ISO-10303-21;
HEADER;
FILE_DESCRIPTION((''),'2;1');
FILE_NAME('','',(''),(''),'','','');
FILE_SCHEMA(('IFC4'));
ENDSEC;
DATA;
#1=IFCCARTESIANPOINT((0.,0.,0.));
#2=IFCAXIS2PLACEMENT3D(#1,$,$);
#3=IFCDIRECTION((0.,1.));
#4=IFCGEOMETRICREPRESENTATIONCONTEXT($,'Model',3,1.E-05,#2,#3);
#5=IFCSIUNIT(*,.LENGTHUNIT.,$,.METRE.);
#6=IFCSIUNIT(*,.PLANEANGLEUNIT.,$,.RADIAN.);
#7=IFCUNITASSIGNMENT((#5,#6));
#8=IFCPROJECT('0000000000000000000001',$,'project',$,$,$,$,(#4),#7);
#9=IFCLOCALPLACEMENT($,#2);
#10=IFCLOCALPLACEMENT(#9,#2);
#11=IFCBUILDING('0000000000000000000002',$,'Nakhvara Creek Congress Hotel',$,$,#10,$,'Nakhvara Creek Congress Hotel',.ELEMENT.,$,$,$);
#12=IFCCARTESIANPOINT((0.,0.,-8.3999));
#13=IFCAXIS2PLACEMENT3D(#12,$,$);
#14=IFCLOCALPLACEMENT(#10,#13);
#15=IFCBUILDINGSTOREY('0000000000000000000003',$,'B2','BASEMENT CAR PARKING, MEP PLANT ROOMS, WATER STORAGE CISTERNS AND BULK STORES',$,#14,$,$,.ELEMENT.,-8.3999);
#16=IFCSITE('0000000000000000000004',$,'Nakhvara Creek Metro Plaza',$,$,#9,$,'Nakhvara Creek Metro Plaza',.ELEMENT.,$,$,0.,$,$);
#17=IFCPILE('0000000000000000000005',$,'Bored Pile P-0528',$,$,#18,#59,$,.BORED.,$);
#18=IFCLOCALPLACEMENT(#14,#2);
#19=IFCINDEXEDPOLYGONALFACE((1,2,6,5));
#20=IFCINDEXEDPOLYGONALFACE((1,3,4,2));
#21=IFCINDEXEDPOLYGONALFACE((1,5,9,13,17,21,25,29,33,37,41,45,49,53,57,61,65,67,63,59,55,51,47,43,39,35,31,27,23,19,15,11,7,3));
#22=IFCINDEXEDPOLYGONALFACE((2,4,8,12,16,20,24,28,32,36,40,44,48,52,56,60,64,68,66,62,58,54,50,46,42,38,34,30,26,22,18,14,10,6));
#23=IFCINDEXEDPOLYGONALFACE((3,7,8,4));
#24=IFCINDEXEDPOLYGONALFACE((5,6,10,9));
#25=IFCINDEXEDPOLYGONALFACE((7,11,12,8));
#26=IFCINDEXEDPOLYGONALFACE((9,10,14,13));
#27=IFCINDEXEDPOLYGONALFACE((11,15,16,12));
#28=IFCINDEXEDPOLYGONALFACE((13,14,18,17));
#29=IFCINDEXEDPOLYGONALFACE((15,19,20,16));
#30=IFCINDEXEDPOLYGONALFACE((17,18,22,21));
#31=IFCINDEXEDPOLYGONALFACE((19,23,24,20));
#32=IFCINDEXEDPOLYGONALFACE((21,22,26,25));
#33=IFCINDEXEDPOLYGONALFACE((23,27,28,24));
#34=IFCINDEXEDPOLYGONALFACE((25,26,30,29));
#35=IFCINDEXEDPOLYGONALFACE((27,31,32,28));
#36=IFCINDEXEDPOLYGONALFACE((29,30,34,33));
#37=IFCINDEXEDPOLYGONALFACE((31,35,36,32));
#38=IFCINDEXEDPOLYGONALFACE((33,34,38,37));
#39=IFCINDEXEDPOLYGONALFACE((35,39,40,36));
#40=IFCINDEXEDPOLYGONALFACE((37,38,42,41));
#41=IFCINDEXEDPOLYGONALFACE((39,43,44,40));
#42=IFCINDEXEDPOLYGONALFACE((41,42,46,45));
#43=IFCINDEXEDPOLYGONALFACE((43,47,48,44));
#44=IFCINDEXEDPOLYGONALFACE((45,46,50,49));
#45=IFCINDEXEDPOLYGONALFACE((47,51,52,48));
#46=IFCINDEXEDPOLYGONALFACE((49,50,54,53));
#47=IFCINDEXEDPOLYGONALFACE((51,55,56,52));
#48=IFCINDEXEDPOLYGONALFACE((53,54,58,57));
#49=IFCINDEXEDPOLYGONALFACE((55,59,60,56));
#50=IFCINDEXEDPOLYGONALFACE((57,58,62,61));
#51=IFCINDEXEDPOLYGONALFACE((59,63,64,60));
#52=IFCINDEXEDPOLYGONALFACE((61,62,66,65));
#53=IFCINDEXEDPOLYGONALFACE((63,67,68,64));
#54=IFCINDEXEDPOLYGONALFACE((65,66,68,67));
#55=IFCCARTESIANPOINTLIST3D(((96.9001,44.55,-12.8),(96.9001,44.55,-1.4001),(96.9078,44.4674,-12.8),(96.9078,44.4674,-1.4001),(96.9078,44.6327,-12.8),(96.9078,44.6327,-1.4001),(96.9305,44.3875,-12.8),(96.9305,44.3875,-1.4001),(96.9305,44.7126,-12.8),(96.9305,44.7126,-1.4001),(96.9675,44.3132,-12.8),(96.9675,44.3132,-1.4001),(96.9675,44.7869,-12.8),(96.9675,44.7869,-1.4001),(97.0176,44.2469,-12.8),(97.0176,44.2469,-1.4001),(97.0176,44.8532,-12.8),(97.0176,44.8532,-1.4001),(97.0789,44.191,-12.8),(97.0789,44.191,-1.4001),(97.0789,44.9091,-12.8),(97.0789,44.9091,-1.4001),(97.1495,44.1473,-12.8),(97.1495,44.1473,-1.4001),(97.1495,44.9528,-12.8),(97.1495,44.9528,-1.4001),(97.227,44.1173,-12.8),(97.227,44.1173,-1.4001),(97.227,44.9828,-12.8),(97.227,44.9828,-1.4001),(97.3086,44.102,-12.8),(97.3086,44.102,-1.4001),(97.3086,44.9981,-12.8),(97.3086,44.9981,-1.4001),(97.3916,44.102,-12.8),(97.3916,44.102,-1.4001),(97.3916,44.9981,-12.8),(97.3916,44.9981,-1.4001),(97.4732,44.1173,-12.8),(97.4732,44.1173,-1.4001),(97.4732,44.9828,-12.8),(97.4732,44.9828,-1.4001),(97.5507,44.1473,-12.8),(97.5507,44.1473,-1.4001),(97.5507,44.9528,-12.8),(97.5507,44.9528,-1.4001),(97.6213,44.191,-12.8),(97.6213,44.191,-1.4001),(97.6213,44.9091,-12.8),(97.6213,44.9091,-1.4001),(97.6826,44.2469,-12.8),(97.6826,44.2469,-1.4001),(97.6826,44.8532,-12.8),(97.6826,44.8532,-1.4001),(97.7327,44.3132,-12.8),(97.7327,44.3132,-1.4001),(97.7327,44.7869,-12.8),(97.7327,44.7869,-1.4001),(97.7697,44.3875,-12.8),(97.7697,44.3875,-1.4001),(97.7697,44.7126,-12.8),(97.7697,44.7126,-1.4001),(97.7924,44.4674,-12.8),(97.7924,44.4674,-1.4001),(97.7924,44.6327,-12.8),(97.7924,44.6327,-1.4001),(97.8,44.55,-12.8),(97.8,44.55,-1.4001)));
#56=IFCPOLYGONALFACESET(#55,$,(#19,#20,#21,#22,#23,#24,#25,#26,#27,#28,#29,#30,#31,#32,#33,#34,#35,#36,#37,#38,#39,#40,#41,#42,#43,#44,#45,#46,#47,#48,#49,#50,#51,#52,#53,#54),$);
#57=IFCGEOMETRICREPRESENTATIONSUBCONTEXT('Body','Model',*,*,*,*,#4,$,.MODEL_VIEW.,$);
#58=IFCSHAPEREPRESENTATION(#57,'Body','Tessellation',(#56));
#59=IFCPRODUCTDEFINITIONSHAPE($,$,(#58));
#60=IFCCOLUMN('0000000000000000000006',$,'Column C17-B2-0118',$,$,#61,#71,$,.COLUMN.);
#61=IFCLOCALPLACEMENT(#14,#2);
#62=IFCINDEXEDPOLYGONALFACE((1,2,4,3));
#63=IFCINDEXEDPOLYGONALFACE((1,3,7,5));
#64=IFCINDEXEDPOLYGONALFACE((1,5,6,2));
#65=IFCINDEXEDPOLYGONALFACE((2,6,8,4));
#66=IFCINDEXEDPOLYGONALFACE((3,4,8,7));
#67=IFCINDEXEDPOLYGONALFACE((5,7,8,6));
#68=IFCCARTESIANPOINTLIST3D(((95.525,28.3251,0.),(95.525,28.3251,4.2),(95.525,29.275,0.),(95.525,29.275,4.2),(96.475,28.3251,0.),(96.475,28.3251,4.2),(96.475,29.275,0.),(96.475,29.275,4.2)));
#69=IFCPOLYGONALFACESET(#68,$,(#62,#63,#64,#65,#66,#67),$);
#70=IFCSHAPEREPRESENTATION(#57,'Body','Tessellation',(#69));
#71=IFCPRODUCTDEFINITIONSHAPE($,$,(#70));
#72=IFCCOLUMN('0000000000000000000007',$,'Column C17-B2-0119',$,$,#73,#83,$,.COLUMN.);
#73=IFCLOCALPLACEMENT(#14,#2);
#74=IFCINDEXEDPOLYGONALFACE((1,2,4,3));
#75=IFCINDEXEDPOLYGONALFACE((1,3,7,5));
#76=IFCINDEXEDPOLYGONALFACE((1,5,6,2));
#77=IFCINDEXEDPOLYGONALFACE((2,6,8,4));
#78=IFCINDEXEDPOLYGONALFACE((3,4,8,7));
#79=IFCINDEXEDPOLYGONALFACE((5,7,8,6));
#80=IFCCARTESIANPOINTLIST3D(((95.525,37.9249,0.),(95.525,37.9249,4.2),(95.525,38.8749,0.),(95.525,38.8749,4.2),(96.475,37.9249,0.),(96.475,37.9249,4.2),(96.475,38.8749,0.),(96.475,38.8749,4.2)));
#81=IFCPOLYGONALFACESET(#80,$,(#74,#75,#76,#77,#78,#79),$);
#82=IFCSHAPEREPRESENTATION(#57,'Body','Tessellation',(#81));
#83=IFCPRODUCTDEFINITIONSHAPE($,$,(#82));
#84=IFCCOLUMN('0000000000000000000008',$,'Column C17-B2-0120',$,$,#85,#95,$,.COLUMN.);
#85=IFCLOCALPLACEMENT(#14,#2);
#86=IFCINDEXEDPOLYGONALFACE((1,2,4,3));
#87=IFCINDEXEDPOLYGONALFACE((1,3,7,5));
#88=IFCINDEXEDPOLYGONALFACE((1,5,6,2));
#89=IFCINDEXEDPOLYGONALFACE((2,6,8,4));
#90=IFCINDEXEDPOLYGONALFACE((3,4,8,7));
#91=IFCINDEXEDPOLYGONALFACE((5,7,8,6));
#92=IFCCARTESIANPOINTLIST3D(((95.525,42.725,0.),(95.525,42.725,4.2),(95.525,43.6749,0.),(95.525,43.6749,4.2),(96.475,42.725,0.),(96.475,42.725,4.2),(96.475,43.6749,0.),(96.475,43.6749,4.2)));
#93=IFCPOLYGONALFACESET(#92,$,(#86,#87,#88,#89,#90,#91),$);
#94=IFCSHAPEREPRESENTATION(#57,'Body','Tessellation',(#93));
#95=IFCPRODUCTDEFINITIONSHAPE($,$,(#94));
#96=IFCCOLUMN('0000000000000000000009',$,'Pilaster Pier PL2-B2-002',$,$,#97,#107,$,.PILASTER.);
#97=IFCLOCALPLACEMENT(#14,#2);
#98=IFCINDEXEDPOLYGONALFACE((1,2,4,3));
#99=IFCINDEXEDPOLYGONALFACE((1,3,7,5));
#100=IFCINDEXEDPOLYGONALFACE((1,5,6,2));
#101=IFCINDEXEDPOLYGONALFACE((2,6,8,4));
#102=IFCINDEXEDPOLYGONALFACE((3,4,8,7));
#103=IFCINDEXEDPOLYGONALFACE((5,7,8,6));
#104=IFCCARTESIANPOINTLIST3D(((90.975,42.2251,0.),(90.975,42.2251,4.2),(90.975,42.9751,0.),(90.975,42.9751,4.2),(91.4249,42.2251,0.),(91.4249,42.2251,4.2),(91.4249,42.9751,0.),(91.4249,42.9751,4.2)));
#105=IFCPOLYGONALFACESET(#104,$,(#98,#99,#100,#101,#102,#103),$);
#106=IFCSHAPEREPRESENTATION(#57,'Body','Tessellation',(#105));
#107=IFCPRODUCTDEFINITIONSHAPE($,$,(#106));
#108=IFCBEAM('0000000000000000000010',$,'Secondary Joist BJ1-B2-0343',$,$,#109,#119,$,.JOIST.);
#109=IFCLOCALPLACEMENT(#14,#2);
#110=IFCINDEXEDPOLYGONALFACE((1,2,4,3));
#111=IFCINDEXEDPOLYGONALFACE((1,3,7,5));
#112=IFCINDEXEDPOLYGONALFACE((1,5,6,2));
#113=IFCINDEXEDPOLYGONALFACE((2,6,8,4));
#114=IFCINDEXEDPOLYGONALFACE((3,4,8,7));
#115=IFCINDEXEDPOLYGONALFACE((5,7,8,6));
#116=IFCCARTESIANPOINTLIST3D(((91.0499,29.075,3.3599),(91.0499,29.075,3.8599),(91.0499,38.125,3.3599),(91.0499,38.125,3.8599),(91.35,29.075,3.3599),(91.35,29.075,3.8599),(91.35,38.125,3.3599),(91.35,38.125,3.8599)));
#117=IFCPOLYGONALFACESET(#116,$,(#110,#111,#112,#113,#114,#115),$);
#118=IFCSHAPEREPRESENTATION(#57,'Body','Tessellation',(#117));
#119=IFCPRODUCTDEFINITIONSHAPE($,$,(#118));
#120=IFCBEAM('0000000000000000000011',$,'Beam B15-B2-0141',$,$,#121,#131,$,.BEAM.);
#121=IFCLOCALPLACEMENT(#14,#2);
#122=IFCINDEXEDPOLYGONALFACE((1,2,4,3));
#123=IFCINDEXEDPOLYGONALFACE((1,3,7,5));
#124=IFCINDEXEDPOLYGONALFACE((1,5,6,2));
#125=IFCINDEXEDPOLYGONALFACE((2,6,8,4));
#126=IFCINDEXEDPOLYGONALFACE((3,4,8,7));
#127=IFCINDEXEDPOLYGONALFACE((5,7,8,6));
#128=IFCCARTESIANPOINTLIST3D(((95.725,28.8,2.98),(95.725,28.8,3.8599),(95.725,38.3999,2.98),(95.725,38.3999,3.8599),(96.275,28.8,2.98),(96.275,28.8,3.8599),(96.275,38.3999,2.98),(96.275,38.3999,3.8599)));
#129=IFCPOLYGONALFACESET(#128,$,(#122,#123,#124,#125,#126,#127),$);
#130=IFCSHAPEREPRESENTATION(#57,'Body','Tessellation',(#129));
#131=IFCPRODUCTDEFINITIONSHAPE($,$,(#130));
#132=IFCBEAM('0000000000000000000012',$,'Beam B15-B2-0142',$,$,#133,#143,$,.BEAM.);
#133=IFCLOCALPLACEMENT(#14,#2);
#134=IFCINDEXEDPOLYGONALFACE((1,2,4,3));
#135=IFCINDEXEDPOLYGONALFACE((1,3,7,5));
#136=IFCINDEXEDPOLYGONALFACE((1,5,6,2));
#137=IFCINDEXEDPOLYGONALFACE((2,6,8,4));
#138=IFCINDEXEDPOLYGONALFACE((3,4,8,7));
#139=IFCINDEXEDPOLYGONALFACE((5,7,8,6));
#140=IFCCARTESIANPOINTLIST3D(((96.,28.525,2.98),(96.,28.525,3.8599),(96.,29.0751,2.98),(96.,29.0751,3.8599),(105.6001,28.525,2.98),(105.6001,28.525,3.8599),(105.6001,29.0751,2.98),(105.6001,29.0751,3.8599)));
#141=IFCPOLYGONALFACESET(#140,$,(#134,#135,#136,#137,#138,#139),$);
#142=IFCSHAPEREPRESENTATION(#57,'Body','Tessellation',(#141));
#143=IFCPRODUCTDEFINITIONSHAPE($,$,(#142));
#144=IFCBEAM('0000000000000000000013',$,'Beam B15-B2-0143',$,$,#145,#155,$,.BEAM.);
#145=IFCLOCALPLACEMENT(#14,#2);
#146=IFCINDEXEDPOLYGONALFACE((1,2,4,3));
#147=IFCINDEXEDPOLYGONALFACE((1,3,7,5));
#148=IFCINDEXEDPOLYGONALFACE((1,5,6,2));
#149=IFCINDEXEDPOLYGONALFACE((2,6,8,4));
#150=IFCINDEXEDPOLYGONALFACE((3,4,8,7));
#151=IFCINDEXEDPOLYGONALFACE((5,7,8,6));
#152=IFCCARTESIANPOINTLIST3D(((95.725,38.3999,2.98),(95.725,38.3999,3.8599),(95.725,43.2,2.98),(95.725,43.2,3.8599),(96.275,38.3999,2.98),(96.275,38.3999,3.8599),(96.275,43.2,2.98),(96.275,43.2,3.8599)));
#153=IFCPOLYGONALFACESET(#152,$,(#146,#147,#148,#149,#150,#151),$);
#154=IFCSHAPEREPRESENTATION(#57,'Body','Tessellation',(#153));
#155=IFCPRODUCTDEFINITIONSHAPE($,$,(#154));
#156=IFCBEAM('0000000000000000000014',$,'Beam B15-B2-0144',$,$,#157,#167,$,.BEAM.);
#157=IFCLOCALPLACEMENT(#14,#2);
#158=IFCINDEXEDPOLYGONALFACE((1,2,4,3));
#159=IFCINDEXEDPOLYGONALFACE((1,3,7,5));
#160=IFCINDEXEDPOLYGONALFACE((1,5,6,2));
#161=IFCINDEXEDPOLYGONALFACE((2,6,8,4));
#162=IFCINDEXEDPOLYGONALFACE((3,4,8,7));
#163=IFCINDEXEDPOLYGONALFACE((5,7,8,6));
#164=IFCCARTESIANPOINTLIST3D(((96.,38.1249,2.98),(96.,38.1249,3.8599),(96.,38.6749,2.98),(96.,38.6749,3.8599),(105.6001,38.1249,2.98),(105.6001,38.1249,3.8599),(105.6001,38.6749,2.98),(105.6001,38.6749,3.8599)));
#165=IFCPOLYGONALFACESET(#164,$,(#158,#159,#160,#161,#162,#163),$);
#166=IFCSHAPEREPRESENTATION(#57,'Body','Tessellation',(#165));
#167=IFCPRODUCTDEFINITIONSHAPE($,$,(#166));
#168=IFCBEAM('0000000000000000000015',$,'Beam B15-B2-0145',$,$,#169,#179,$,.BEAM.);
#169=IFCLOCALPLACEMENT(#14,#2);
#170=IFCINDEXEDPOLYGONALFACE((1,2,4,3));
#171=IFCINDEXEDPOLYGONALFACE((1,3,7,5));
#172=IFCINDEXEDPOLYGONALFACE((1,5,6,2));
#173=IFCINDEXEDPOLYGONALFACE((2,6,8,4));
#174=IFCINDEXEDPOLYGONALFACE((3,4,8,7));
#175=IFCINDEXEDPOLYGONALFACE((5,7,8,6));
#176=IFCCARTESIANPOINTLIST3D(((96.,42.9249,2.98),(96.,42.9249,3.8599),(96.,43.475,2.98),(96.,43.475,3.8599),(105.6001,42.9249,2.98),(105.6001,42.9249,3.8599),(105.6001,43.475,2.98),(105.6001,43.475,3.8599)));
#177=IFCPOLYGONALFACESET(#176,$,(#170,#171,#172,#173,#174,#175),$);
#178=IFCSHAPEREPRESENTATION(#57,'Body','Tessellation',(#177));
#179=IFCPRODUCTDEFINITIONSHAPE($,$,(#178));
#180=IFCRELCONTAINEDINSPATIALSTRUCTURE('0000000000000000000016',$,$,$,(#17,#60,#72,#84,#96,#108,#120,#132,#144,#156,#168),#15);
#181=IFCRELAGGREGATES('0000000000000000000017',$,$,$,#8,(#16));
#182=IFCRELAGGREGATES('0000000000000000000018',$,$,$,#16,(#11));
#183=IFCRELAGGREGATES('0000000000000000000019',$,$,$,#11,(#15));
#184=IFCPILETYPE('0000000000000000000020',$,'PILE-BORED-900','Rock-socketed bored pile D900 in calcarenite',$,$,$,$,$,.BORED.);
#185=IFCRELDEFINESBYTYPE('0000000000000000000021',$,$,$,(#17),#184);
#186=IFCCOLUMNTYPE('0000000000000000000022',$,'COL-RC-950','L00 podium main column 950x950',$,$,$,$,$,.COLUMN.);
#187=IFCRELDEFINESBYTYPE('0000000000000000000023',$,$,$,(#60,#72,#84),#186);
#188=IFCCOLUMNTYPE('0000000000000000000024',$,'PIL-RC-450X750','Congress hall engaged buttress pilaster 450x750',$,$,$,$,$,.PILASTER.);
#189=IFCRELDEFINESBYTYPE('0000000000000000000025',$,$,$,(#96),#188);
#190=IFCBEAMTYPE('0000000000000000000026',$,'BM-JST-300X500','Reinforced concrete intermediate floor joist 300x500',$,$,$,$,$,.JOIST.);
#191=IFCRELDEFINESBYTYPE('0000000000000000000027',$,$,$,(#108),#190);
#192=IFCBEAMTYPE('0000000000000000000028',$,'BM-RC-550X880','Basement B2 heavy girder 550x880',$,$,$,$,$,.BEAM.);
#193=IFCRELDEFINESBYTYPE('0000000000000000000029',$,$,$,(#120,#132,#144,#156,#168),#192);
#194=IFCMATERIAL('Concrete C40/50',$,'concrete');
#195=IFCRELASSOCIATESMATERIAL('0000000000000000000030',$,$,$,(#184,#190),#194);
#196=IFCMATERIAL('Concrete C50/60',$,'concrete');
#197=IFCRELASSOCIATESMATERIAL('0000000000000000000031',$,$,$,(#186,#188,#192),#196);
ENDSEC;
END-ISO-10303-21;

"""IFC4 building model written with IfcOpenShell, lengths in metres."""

from ifc_helpers import new_model, si_unit, direction, frame, origin, origin_2d, place, context, subcontext, project, spatial, rectangle, circle, extrude, material, material_profile, profile_set, type_object, element, save


model = new_model("IFC4")

# Units and contexts
model_context = context("Model", 3, precision=1e-05, world=origin(), true_north=direction((0.0, 1.0)))
body_context = subcontext(model_context, "Body", "Model", "MODEL_VIEW")
ifc_project = project(units=[si_unit("LENGTHUNIT", "METRE"), si_unit("PLANEANGLEUNIT", "RADIAN")], contexts=[model_context])

# Site, building, storey
site_placement = place(None, origin())
site = spatial("IfcSite", under=ifc_project, at=site_placement, Name="Nakhvara Creek Metro Plaza", LongName="Nakhvara Creek Metro Plaza", CompositionType="ELEMENT", RefElevation=0.0)
building_placement = place(site_placement, origin())
building = spatial("IfcBuilding", under=site, at=building_placement, Name="Nakhvara Creek Congress Hotel", LongName="Nakhvara Creek Congress Hotel", CompositionType="ELEMENT")
storey_placement = place(building_placement, frame((0.0, 0.0, -8.3999)))
storey = spatial("IfcBuildingStorey", under=building, at=storey_placement, Name="B2", Description="BASEMENT CAR PARKING, MEP PLANT ROOMS, WATER STORAGE CISTERNS AND BULK STORES", CompositionType="ELEMENT", Elevation=-8.3999)

# Shared definitions
ifc_material_1 = material(Name="Concrete C40/50", Category="concrete")

# Pile
ifc_material_profile_1 = material_profile(ifc_material_1, circle(Radius=0.45, at=origin_2d()), Name="BORED PILE D900", Category="LoadBearing")
ifc_profile_set_1 = profile_set([ifc_material_profile_1], Name="Concrete C40/50")
pile_type = type_object("IfcPileType", Name="PILE-BORED-900", Description="Rock-socketed bored pile D900 in calcarenite", PredefinedType="BORED", material=ifc_profile_set_1)
for number, where, z_axis, x_axis, name in (
    (1, (97.3501, 44.55, -1.4001), (0.0, 0.0, -1.0), (1.0, 0.0, 0.0), "Bored Pile P-0528"),
):
    element("IfcPile", number, at=place(storey_placement, frame(where, z_axis=z_axis, x_axis=x_axis)), inside=storey, type_object=pile_type, Name=name, PredefinedType="BORED", context=body_context, shape_type="SweptSolid", body=[
        extrude(circle(Radius=0.45, at=origin_2d()), origin(), (0.0, 0.0, 1.0), 11.3999),
    ])

# Columns
ifc_material_2 = material(Name="Concrete C50/60", Category="concrete")
ifc_material_profile_2 = material_profile(ifc_material_2, rectangle(XDim=0.95, YDim=0.95, at=origin_2d()), Name="RC-COL 950x950", Category="LoadBearing")
ifc_profile_set_2 = profile_set([ifc_material_profile_2], Name="Concrete C50/60")
column_type_1 = type_object("IfcColumnType", Name="COL-RC-950", Description="L00 podium main column 950x950", PredefinedType="COLUMN", material=ifc_profile_set_2)
for number, where, z_axis, x_axis, name in (
    (2, (96.0, 28.8, 0.0), (0.0, 0.0, 1.0), (1.0, 0.0, 0.0), "Column C17-B2-0118"),
    (3, (96.0, 38.3999, 0.0), (0.0, 0.0, 1.0), (1.0, 0.0, 0.0), "Column C17-B2-0119"),
    (4, (96.0, 43.2, 0.0), (0.0, 0.0, 1.0), (1.0, 0.0, 0.0), "Column C17-B2-0120"),
):
    element("IfcColumn", number, at=place(storey_placement, frame(where, z_axis=z_axis, x_axis=x_axis)), inside=storey, type_object=column_type_1, Name=name, PredefinedType="COLUMN", context=body_context, shape_type="SweptSolid", body=[
        extrude(rectangle(XDim=0.95, YDim=0.95, at=origin_2d()), origin(), (0.0, 0.0, 1.0), 4.2),
    ])
ifc_material_profile_3 = material_profile(ifc_material_2, rectangle(XDim=0.45, YDim=0.75, at=origin_2d()), Name="RC-PIL 450x750", Category="LoadBearing")
ifc_profile_set_3 = profile_set([ifc_material_profile_3], Name="Concrete C50/60")
column_type_2 = type_object("IfcColumnType", Name="PIL-RC-450X750", Description="Congress hall engaged buttress pilaster 450x750", PredefinedType="PILASTER", material=ifc_profile_set_3)
column_placement = place(storey_placement, frame((91.2, 42.6001, 0.0), z_axis=(0.0, 0.0, 1.0), x_axis=(1.0, 0.0, 0.0)))
element("IfcColumn", 5, at=column_placement, inside=storey, type_object=column_type_2, Name="Pilaster Pier PL2-B2-002", PredefinedType="PILASTER", context=body_context, shape_type="SweptSolid", body=[
    extrude(rectangle(XDim=0.45, YDim=0.75, at=origin_2d()), origin(), (0.0, 0.0, 1.0), 4.2),
])

# Beams
ifc_material_profile_4 = material_profile(ifc_material_1, rectangle(XDim=0.3, YDim=0.5, at=origin_2d()), Name="RC-BM 300x500", Category="LoadBearing")
ifc_profile_set_4 = profile_set([ifc_material_profile_4], Name="Concrete C40/50")
beam_type_1 = type_object("IfcBeamType", Name="BM-JST-300X500", Description="Reinforced concrete intermediate floor joist 300x500", PredefinedType="JOIST", material=ifc_profile_set_4)
beam_1_placement = place(storey_placement, frame((91.2, 29.075, 3.6099), z_axis=(0.0, 1.0, 0.0), x_axis=(-1.0, 0.0, 0.0)))
element("IfcBeam", 6, at=beam_1_placement, inside=storey, type_object=beam_type_1, Name="Secondary Joist BJ1-B2-0343", PredefinedType="JOIST", context=body_context, shape_type="SweptSolid", body=[
    extrude(rectangle(XDim=0.3, YDim=0.5, at=origin_2d()), origin(), (0.0, 0.0, 1.0), 9.05),
])
ifc_material_profile_5 = material_profile(ifc_material_2, rectangle(XDim=0.55, YDim=0.8799, at=origin_2d()), Name="RC-BM 550x880", Category="LoadBearing")
ifc_profile_set_5 = profile_set([ifc_material_profile_5], Name="Concrete C50/60")
beam_type_2 = type_object("IfcBeamType", Name="BM-RC-550X880", Description="Basement B2 heavy girder 550x880", PredefinedType="BEAM", material=ifc_profile_set_5)
beam_2_placement = place(storey_placement, frame((96.0, 28.8, 3.4199), z_axis=(0.0, 1.0, 0.0), x_axis=(-1.0, 0.0, 0.0)))
element("IfcBeam", 7, at=beam_2_placement, inside=storey, type_object=beam_type_2, Name="Beam B15-B2-0141", PredefinedType="BEAM", context=body_context, shape_type="SweptSolid", body=[
    extrude(rectangle(XDim=0.55, YDim=0.8799, at=origin_2d()), origin(), (0.0, 0.0, 1.0), 9.5999),
])
beam_3_placement = place(storey_placement, frame((96.0, 28.8, 3.4199), z_axis=(1.0, 0.0, 0.0), x_axis=(0.0, 1.0, 0.0)))
element("IfcBeam", 8, at=beam_3_placement, inside=storey, type_object=beam_type_2, Name="Beam B15-B2-0142", PredefinedType="BEAM", context=body_context, shape_type="SweptSolid", body=[
    extrude(rectangle(XDim=0.55, YDim=0.8799, at=origin_2d()), origin(), (0.0, 0.0, 1.0), 9.6001),
])
beam_4_placement = place(storey_placement, frame((96.0, 38.3999, 3.4199), z_axis=(0.0, 1.0, 0.0), x_axis=(-1.0, 0.0, 0.0)))
element("IfcBeam", 9, at=beam_4_placement, inside=storey, type_object=beam_type_2, Name="Beam B15-B2-0143", PredefinedType="BEAM", context=body_context, shape_type="SweptSolid", body=[
    extrude(rectangle(XDim=0.55, YDim=0.8799, at=origin_2d()), origin(), (0.0, 0.0, 1.0), 4.8),
])
for number, where, z_axis, x_axis, name in (
    (10, (96.0, 38.3999, 3.4199), (1.0, 0.0, 0.0), (0.0, 1.0, 0.0), "Beam B15-B2-0144"),
    (11, (96.0, 43.2, 3.4199), (1.0, 0.0, 0.0), (0.0, 1.0, 0.0), "Beam B15-B2-0145"),
):
    element("IfcBeam", number, at=place(storey_placement, frame(where, z_axis=z_axis, x_axis=x_axis)), inside=storey, type_object=beam_type_2, Name=name, PredefinedType="BEAM", context=body_context, shape_type="SweptSolid", body=[
        extrude(rectangle(XDim=0.55, YDim=0.8799, at=origin_2d()), origin(), (0.0, 0.0, 1.0), 9.6001),
    ])

save(model, "model.ifc")
